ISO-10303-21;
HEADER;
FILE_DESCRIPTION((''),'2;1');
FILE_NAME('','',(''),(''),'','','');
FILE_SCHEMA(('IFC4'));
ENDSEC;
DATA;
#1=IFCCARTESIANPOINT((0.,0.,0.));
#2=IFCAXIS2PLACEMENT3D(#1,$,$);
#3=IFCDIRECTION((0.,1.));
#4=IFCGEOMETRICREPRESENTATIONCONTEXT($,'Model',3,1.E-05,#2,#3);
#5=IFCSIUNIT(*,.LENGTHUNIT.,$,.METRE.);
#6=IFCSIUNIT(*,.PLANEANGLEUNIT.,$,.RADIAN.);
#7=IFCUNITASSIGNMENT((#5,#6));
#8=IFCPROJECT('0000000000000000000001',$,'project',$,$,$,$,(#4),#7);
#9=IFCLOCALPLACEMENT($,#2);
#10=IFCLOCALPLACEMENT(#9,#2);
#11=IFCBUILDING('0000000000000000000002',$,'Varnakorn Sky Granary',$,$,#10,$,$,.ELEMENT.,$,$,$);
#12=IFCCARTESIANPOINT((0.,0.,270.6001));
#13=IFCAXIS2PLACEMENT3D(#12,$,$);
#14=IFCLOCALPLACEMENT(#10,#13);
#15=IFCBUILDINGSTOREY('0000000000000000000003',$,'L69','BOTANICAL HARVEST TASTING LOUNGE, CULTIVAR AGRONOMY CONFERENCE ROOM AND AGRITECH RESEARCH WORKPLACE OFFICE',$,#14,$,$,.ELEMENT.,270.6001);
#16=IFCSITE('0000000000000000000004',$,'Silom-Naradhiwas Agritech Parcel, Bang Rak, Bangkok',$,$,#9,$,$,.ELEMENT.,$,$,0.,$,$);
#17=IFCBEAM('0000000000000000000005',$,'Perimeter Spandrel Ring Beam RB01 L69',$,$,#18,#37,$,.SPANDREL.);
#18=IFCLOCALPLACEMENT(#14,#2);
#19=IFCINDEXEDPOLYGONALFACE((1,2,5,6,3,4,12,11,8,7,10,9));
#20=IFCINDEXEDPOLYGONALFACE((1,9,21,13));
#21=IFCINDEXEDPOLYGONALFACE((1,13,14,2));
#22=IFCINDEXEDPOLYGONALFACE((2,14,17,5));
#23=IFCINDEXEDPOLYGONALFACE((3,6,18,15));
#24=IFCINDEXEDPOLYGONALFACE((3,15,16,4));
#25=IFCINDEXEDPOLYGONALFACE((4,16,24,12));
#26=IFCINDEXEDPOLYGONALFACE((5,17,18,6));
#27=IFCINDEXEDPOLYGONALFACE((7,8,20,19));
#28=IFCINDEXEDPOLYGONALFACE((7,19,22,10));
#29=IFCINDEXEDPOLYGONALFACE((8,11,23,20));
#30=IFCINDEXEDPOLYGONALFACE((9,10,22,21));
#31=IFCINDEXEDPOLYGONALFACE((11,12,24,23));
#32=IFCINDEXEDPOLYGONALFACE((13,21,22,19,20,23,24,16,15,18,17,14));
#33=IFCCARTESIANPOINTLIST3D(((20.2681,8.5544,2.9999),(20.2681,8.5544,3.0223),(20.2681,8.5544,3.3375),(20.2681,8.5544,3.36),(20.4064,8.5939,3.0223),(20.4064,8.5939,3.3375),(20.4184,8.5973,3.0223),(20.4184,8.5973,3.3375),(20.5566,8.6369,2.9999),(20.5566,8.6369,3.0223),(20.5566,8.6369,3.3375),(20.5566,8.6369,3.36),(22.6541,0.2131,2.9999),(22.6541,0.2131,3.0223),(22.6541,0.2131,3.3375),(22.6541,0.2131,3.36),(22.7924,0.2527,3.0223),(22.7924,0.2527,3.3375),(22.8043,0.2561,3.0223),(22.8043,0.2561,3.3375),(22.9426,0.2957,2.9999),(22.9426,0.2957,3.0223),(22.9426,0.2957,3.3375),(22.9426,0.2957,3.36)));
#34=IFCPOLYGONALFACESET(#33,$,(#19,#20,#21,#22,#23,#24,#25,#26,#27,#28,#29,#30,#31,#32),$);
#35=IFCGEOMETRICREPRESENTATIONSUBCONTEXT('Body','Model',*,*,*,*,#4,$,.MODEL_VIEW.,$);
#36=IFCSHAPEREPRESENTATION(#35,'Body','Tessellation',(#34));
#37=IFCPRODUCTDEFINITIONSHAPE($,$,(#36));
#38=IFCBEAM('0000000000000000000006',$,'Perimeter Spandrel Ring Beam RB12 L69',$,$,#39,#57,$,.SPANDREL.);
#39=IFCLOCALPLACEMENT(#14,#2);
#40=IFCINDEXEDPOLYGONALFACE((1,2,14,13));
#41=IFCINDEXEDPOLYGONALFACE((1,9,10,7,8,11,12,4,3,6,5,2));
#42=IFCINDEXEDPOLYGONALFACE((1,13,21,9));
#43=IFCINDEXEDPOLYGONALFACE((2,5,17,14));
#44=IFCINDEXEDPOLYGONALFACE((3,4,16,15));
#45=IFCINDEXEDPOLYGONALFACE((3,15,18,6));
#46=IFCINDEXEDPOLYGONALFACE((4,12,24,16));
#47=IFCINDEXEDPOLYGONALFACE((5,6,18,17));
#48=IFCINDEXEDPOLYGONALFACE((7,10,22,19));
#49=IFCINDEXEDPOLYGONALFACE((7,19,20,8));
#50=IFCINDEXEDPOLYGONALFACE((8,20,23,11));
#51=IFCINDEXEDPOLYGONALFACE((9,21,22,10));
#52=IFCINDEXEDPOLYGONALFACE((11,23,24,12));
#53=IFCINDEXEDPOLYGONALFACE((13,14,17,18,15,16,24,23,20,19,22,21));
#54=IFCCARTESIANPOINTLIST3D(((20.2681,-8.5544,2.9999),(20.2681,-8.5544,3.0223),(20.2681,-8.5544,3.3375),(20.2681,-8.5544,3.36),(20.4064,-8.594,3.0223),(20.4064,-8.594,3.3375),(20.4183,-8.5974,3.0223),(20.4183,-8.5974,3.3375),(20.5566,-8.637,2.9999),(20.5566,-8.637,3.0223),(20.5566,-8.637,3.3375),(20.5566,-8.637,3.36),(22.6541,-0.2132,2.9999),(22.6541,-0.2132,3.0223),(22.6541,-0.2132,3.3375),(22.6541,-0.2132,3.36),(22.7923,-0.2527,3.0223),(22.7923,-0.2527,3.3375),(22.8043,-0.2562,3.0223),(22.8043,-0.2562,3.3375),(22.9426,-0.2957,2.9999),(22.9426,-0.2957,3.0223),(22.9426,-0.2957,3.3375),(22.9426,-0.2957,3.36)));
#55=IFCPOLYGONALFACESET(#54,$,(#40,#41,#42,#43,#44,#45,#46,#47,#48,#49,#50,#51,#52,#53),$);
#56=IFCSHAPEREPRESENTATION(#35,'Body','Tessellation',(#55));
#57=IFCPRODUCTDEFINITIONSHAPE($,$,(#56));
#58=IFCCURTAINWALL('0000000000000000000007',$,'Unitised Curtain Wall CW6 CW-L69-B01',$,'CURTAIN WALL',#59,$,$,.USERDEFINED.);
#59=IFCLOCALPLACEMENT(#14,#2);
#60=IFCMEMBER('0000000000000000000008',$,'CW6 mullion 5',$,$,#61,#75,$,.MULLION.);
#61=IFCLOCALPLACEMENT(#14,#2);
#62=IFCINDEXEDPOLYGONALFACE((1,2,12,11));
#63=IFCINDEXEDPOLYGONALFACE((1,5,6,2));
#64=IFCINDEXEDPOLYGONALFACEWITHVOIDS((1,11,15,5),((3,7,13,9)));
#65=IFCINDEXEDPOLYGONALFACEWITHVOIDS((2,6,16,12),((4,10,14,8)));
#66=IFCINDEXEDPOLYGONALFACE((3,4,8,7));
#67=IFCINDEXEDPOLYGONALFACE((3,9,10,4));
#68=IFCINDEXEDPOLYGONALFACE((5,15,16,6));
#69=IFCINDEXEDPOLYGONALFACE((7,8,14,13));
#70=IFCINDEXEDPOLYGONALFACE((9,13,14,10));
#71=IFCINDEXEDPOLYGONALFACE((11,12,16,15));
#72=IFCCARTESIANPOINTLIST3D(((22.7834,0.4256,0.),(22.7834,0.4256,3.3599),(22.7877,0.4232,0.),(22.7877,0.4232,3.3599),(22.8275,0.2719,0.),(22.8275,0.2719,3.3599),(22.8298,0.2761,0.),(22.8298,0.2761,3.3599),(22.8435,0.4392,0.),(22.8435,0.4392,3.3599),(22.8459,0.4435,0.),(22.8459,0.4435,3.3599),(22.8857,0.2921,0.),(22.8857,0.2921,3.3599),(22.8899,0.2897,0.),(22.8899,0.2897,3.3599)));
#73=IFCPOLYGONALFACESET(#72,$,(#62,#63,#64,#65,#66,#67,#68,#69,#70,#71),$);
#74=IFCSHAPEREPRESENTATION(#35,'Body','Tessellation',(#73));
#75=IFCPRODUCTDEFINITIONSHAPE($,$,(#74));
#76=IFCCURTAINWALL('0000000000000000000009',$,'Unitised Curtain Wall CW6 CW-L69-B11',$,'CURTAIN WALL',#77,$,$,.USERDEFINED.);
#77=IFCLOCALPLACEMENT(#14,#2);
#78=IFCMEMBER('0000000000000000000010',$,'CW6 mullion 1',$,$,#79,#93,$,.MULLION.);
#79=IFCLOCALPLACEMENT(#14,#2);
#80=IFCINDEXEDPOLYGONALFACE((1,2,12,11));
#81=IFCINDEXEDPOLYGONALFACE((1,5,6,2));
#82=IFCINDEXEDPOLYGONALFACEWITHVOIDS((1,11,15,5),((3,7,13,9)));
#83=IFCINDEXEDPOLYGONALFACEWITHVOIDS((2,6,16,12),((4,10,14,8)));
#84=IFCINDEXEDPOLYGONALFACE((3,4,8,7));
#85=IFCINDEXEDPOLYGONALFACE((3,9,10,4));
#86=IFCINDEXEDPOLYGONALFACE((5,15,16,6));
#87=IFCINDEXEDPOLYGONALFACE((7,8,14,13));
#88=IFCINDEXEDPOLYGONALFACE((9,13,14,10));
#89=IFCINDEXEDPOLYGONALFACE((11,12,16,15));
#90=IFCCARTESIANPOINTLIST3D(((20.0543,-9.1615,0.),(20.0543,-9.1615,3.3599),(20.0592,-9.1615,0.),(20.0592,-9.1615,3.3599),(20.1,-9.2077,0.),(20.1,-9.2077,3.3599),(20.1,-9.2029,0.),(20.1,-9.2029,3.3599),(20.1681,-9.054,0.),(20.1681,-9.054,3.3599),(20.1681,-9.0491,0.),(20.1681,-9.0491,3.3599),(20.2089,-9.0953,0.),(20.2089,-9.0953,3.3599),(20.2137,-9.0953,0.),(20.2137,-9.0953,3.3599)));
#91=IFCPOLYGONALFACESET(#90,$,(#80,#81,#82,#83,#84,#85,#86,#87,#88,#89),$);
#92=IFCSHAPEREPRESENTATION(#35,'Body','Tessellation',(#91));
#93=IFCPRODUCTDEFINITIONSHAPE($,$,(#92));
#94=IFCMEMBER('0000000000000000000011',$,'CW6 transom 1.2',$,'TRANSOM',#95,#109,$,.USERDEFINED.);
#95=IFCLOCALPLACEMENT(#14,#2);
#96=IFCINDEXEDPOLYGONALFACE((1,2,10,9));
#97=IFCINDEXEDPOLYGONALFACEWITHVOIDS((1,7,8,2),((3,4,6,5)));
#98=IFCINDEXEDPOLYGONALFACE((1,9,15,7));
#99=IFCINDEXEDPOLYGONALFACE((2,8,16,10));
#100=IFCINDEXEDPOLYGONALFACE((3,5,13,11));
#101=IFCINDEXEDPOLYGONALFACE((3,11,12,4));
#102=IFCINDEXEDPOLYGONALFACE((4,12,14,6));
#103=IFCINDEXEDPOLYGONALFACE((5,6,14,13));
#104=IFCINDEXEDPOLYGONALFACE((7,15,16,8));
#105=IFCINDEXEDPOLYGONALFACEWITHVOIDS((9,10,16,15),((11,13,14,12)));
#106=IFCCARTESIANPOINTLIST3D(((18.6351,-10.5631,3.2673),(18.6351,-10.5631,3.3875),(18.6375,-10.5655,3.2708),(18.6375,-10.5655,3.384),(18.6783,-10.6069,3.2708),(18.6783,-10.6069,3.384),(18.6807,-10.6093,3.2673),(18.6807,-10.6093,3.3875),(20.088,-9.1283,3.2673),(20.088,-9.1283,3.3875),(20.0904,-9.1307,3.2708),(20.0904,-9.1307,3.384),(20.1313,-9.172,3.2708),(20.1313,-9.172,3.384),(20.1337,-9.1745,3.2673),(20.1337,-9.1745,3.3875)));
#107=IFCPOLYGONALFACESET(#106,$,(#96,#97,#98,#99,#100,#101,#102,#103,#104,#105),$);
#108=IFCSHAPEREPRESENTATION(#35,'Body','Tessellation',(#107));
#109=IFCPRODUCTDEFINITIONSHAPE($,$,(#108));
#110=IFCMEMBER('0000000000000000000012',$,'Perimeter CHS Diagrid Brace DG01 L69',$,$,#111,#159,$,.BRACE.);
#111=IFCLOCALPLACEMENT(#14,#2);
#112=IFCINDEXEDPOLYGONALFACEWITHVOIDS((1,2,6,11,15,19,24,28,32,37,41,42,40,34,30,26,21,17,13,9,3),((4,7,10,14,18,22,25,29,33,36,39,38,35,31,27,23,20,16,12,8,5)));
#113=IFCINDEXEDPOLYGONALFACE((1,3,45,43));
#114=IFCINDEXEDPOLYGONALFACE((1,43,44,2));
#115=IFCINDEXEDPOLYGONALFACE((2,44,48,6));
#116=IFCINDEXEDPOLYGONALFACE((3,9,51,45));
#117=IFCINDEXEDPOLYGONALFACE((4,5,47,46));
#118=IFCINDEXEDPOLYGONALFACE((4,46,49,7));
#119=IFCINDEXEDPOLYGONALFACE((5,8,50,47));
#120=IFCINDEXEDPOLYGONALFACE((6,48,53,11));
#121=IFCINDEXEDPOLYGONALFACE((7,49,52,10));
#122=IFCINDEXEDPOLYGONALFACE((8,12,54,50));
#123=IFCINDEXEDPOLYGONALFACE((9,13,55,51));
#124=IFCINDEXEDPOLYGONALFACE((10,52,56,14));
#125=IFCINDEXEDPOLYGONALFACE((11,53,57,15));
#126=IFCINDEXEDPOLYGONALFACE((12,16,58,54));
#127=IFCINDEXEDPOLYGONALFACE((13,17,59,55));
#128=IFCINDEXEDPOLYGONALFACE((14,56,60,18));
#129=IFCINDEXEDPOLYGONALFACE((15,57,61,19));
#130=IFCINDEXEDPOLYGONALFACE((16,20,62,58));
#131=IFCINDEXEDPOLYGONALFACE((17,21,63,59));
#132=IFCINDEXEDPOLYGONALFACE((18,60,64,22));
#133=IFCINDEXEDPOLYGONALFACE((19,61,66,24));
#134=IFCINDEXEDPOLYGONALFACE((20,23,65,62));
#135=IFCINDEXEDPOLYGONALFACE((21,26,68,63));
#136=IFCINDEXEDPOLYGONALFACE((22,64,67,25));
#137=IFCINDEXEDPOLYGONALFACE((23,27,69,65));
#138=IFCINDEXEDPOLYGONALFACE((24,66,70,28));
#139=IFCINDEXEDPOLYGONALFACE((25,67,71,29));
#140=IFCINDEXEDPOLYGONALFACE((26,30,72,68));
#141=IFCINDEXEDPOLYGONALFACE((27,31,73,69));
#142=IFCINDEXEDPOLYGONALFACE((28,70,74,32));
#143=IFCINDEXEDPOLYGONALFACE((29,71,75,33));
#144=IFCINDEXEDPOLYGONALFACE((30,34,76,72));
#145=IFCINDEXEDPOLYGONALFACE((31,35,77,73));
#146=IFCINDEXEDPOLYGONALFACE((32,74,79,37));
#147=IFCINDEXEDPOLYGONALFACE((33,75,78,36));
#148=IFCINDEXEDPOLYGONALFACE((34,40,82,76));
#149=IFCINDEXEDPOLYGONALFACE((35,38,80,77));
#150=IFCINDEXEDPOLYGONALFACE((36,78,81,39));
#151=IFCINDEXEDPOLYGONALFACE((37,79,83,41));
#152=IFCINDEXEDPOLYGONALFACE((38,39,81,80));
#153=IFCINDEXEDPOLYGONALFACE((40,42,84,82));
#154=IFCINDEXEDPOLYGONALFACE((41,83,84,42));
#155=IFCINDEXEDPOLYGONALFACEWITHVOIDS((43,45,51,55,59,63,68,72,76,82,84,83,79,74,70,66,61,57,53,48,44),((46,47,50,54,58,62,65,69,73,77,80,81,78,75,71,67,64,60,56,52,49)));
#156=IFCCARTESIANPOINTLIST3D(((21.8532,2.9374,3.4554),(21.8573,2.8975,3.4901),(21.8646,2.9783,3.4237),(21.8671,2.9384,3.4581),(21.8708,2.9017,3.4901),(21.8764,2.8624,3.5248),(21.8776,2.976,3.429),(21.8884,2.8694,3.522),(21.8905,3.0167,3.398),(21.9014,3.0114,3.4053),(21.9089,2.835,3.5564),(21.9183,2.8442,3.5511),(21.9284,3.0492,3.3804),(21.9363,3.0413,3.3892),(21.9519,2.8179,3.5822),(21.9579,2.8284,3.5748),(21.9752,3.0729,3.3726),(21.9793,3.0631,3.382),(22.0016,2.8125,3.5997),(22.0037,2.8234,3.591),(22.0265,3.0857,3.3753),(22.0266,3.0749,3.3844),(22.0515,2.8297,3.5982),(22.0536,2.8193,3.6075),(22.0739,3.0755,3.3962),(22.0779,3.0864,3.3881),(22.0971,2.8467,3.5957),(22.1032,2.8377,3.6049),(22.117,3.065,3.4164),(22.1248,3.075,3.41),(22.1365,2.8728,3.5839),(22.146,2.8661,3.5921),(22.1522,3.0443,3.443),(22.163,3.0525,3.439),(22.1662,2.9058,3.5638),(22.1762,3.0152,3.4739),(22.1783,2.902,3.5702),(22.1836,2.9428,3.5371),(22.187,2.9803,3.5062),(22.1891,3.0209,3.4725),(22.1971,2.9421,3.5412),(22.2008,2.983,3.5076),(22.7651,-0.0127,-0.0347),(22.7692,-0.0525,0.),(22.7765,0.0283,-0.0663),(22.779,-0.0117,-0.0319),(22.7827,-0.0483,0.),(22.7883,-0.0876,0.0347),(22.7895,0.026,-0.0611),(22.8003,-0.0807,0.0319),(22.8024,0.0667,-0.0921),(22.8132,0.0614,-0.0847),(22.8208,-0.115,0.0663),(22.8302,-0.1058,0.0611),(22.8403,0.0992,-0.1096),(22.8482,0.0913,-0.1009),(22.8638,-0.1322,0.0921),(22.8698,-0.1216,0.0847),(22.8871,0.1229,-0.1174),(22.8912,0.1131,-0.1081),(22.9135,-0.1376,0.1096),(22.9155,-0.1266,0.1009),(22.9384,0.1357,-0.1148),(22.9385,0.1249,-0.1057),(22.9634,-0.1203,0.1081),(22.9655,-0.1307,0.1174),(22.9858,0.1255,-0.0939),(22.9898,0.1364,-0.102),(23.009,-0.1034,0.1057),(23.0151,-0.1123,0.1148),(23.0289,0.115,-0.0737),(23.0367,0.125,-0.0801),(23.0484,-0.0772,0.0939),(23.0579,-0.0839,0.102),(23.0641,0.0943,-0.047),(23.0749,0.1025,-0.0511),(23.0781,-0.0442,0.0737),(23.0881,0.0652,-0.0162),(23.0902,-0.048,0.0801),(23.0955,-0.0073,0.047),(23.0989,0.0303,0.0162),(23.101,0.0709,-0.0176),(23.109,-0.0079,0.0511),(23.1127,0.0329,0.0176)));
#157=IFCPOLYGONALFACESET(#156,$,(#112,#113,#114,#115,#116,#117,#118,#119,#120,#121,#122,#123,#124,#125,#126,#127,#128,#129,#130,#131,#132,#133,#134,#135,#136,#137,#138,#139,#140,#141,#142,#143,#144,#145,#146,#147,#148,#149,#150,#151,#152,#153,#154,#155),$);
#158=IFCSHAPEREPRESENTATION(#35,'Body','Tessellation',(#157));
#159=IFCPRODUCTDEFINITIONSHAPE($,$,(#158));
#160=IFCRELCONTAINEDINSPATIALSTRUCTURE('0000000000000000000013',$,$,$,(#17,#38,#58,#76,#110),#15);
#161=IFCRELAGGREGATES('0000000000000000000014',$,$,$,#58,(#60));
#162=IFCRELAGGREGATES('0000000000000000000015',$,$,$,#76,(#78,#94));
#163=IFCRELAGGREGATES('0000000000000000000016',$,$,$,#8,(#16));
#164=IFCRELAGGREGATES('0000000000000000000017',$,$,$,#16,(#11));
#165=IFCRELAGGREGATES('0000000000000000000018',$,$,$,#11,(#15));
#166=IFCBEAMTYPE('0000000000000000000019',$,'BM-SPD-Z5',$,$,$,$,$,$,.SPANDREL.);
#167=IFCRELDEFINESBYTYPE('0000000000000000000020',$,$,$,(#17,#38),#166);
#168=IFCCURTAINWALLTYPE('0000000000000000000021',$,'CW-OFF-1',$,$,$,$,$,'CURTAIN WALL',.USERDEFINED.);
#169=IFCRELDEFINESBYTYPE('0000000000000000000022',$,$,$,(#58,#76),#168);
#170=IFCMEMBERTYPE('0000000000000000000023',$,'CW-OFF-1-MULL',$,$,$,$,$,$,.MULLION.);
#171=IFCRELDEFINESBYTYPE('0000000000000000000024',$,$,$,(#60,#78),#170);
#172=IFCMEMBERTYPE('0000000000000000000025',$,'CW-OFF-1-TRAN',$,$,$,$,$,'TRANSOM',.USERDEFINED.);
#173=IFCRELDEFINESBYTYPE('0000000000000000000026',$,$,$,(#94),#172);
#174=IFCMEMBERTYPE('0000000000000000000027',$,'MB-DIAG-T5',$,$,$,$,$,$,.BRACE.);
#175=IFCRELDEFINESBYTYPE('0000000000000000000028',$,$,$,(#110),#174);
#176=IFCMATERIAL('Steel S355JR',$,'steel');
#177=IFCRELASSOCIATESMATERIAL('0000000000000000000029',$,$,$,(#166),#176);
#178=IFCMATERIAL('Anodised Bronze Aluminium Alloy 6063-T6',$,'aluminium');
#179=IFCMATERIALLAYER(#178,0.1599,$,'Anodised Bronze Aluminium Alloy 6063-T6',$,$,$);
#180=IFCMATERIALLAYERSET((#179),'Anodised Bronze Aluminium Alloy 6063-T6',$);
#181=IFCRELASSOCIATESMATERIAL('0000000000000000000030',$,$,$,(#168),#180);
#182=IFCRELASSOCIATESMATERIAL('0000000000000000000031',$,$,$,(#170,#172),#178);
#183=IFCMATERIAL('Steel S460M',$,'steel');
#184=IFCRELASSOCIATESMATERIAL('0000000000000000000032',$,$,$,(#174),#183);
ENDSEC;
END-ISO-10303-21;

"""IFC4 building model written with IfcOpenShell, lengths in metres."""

from ifc_helpers import new_model, si_unit, direction, frame, origin, origin_2d, place, context, subcontext, project, spatial, hollow_rectangle, hollow_circle, i_section, extrude, material, layer, layer_set, material_profile, profile_set, type_object, element, aggregate, save


model = new_model("IFC4")

# Units and contexts
model_context = context("Model", 3, precision=1e-05, world=origin(), true_north=direction((0.0, 1.0)))
body_context = subcontext(model_context, "Body", "Model", "MODEL_VIEW")
ifc_project = project(units=[si_unit("LENGTHUNIT", "METRE"), si_unit("PLANEANGLEUNIT", "RADIAN")], contexts=[model_context])

# Site, building, storey
site_placement = place(None, origin())
site = spatial("IfcSite", under=ifc_project, at=site_placement, Name="Silom-Naradhiwas Agritech Parcel, Bang Rak, Bangkok", CompositionType="ELEMENT", RefElevation=0.0)
building_placement = place(site_placement, origin())
building = spatial("IfcBuilding", under=site, at=building_placement, Name="Varnakorn Sky Granary", CompositionType="ELEMENT")
storey_placement = place(building_placement, frame((0.0, 0.0, 270.6001)))
storey = spatial("IfcBuildingStorey", under=building, at=storey_placement, Name="L69", Description="BOTANICAL HARVEST TASTING LOUNGE, CULTIVAR AGRONOMY CONFERENCE ROOM AND AGRITECH RESEARCH WORKPLACE OFFICE", CompositionType="ELEMENT", Elevation=270.6001)

# Shared definitions
ifc_material_1 = material(Name="Steel S460M", Category="steel")

# Beams
ifc_material_2 = material(Name="Steel S355JR", Category="steel")
ifc_material_profile_1 = material_profile(ifc_material_2, i_section(OverallWidth=0.3, OverallDepth=0.3601, WebThickness=0.0125, FlangeThickness=0.0225, at=origin_2d()), Name="HE 360 B")
ifc_profile_set_1 = profile_set([ifc_material_profile_1], Name="Steel S355JR")
beam_type_1 = type_object("IfcBeamType", Name="BM-SPD-Z5", PredefinedType="SPANDREL", material=ifc_profile_set_1)
for number, where, z_axis, x_axis, name in (
    (1, (22.7983, 0.2544, 3.1799), (-0.275015, 0.96144, 0.0), (-0.96144, -0.275015, 0.0), "Perimeter Spandrel Ring Beam RB01 L69"),
    (2, (20.4124, -8.5957, 3.1799), (0.275015, 0.96144, 0.0), (-0.96144, 0.275015, 0.0), "Perimeter Spandrel Ring Beam RB12 L69"),
):
    element("IfcBeam", number, at=place(storey_placement, frame(where, z_axis=z_axis, x_axis=x_axis)), inside=storey, type_object=beam_type_1, Name=name, PredefinedType="SPANDREL", context=body_context, shape_type="SweptSolid", body=[
        extrude(i_section(OverallWidth=0.3, OverallDepth=0.3601, WebThickness=0.0125, FlangeThickness=0.0225, at=origin_2d()), origin(), (0.0, 0.0, 1.0), 8.6758),
    ])

# Curtain wall, member
ifc_material_3 = material(Name="Anodised Bronze Aluminium Alloy 6063-T6", Category="aluminium")
ifc_layer_1 = layer(ifc_material_3, 0.1599, Name="Anodised Bronze Aluminium Alloy 6063-T6")
ifc_layer_set_1 = layer_set([ifc_layer_1], Name="Anodised Bronze Aluminium Alloy 6063-T6")
curtain_wall_type = type_object("IfcCurtainWallType", Name="CW-OFF-1", ElementType="CURTAIN WALL", PredefinedType="USERDEFINED", material=ifc_layer_set_1)
curtain_wall_1_placement = place(storey_placement, origin())
curtain_wall_1 = element("IfcCurtainWall", 3, at=curtain_wall_1_placement, inside=storey, type_object=curtain_wall_type, Name="Unitised Curtain Wall CW6 CW-L69-B01", ObjectType="CURTAIN WALL", PredefinedType="USERDEFINED")
ifc_material_profile_2 = material_profile(ifc_material_3, hollow_rectangle(XDim=0.0649, YDim=0.1599, WallThickness=0.0034, at=origin_2d()), Name="ALU MULL 65x160")
ifc_profile_set_2 = profile_set([ifc_material_profile_2], Name="Anodised Bronze Aluminium Alloy 6063-T6")
member_type_1 = type_object("IfcMemberType", Name="CW-OFF-1-MULL", PredefinedType="MULLION", material=ifc_profile_set_2)
member_1_placement = place(storey_placement, frame((22.8367, 0.3577, 0.0), z_axis=(0.0, 0.0, 1.0), x_axis=(0.961323, 0.275423, 0.0)))
member_1 = element("IfcMember", 4, at=member_1_placement, type_object=member_type_1, Name="CW6 mullion 5", PredefinedType="MULLION", context=body_context, shape_type="SweptSolid", body=[
    extrude(hollow_rectangle(XDim=0.0649, YDim=0.1599, WallThickness=0.0034, at=origin_2d()), origin(), (0.0, 0.0, 1.0), 3.3599),
])
aggregate(curtain_wall_1, [member_1])

# Curtain wall, members
curtain_wall_2_placement = place(storey_placement, origin())
curtain_wall_2 = element("IfcCurtainWall", 5, at=curtain_wall_2_placement, inside=storey, type_object=curtain_wall_type, Name="Unitised Curtain Wall CW6 CW-L69-B11", ObjectType="CURTAIN WALL", PredefinedType="USERDEFINED")
member_2_placement = place(storey_placement, frame((20.134, -9.1284, 0.0), z_axis=(0.0, 0.0, 1.0), x_axis=(0.702729, -0.711458, 0.0)))
member_2 = element("IfcMember", 6, at=member_2_placement, type_object=member_type_1, Name="CW6 mullion 1", PredefinedType="MULLION", context=body_context, shape_type="SweptSolid", body=[
    extrude(hollow_rectangle(XDim=0.0649, YDim=0.1599, WallThickness=0.0034, at=origin_2d()), origin(), (0.0, 0.0, 1.0), 3.3599),
])
ifc_material_profile_3 = material_profile(ifc_material_3, hollow_rectangle(XDim=0.0649, YDim=0.1201, WallThickness=0.0034, at=origin_2d()), Name="ALU TRAN 65x120")
ifc_profile_set_3 = profile_set([ifc_material_profile_3], Name="Anodised Bronze Aluminium Alloy 6063-T6")
member_type_2 = type_object("IfcMemberType", Name="CW-OFF-1-TRAN", ElementType="TRANSOM", PredefinedType="USERDEFINED", material=ifc_profile_set_3)
member_3_placement = place(storey_placement, frame((20.1108, -9.1514, 3.3274), z_axis=(-0.711517, -0.702669, 0.0), x_axis=(0.702669, -0.711517, 0.0)))
member_3 = element("IfcMember", 7, at=member_3_placement, type_object=member_type_2, Name="CW6 transom 1.2", ObjectType="TRANSOM", PredefinedType="USERDEFINED", context=body_context, shape_type="SweptSolid", body=[
    extrude(hollow_rectangle(XDim=0.0649, YDim=0.1201, WallThickness=0.0034, at=origin_2d()), origin(), (0.0, 0.0, 1.0), 2.042),
])
aggregate(curtain_wall_2, [member_2, member_3])

# Member
ifc_material_profile_4 = material_profile(ifc_material_1, hollow_circle(Radius=0.1777, WallThickness=0.0142, at=origin_2d()), Name="CHS 355.6x14")
ifc_profile_set_4 = profile_set([ifc_material_profile_4], Name="Steel S460M")
member_type_3 = type_object("IfcMemberType", Name="MB-DIAG-T5", PredefinedType="BRACE", material=ifc_profile_set_4)
for number, where, z_axis, x_axis, name in (
    (8, (22.939, 0.0, 0.0), (-0.195688, 0.633064, 0.748957), (-0.955397, -0.295325, 0.0), "Perimeter CHS Diagrid Brace DG01 L69"),
):
    element("IfcMember", number, at=place(storey_placement, frame(where, z_axis=z_axis, x_axis=x_axis)), inside=storey, type_object=member_type_3, Name=name, PredefinedType="BRACE", context=body_context, shape_type="SweptSolid", body=[
        extrude(hollow_circle(Radius=0.1777, WallThickness=0.0142, at=origin_2d()), origin(), (0.0, 0.0, 1.0), 4.6599),
    ])

save(model, "model.ifc")
